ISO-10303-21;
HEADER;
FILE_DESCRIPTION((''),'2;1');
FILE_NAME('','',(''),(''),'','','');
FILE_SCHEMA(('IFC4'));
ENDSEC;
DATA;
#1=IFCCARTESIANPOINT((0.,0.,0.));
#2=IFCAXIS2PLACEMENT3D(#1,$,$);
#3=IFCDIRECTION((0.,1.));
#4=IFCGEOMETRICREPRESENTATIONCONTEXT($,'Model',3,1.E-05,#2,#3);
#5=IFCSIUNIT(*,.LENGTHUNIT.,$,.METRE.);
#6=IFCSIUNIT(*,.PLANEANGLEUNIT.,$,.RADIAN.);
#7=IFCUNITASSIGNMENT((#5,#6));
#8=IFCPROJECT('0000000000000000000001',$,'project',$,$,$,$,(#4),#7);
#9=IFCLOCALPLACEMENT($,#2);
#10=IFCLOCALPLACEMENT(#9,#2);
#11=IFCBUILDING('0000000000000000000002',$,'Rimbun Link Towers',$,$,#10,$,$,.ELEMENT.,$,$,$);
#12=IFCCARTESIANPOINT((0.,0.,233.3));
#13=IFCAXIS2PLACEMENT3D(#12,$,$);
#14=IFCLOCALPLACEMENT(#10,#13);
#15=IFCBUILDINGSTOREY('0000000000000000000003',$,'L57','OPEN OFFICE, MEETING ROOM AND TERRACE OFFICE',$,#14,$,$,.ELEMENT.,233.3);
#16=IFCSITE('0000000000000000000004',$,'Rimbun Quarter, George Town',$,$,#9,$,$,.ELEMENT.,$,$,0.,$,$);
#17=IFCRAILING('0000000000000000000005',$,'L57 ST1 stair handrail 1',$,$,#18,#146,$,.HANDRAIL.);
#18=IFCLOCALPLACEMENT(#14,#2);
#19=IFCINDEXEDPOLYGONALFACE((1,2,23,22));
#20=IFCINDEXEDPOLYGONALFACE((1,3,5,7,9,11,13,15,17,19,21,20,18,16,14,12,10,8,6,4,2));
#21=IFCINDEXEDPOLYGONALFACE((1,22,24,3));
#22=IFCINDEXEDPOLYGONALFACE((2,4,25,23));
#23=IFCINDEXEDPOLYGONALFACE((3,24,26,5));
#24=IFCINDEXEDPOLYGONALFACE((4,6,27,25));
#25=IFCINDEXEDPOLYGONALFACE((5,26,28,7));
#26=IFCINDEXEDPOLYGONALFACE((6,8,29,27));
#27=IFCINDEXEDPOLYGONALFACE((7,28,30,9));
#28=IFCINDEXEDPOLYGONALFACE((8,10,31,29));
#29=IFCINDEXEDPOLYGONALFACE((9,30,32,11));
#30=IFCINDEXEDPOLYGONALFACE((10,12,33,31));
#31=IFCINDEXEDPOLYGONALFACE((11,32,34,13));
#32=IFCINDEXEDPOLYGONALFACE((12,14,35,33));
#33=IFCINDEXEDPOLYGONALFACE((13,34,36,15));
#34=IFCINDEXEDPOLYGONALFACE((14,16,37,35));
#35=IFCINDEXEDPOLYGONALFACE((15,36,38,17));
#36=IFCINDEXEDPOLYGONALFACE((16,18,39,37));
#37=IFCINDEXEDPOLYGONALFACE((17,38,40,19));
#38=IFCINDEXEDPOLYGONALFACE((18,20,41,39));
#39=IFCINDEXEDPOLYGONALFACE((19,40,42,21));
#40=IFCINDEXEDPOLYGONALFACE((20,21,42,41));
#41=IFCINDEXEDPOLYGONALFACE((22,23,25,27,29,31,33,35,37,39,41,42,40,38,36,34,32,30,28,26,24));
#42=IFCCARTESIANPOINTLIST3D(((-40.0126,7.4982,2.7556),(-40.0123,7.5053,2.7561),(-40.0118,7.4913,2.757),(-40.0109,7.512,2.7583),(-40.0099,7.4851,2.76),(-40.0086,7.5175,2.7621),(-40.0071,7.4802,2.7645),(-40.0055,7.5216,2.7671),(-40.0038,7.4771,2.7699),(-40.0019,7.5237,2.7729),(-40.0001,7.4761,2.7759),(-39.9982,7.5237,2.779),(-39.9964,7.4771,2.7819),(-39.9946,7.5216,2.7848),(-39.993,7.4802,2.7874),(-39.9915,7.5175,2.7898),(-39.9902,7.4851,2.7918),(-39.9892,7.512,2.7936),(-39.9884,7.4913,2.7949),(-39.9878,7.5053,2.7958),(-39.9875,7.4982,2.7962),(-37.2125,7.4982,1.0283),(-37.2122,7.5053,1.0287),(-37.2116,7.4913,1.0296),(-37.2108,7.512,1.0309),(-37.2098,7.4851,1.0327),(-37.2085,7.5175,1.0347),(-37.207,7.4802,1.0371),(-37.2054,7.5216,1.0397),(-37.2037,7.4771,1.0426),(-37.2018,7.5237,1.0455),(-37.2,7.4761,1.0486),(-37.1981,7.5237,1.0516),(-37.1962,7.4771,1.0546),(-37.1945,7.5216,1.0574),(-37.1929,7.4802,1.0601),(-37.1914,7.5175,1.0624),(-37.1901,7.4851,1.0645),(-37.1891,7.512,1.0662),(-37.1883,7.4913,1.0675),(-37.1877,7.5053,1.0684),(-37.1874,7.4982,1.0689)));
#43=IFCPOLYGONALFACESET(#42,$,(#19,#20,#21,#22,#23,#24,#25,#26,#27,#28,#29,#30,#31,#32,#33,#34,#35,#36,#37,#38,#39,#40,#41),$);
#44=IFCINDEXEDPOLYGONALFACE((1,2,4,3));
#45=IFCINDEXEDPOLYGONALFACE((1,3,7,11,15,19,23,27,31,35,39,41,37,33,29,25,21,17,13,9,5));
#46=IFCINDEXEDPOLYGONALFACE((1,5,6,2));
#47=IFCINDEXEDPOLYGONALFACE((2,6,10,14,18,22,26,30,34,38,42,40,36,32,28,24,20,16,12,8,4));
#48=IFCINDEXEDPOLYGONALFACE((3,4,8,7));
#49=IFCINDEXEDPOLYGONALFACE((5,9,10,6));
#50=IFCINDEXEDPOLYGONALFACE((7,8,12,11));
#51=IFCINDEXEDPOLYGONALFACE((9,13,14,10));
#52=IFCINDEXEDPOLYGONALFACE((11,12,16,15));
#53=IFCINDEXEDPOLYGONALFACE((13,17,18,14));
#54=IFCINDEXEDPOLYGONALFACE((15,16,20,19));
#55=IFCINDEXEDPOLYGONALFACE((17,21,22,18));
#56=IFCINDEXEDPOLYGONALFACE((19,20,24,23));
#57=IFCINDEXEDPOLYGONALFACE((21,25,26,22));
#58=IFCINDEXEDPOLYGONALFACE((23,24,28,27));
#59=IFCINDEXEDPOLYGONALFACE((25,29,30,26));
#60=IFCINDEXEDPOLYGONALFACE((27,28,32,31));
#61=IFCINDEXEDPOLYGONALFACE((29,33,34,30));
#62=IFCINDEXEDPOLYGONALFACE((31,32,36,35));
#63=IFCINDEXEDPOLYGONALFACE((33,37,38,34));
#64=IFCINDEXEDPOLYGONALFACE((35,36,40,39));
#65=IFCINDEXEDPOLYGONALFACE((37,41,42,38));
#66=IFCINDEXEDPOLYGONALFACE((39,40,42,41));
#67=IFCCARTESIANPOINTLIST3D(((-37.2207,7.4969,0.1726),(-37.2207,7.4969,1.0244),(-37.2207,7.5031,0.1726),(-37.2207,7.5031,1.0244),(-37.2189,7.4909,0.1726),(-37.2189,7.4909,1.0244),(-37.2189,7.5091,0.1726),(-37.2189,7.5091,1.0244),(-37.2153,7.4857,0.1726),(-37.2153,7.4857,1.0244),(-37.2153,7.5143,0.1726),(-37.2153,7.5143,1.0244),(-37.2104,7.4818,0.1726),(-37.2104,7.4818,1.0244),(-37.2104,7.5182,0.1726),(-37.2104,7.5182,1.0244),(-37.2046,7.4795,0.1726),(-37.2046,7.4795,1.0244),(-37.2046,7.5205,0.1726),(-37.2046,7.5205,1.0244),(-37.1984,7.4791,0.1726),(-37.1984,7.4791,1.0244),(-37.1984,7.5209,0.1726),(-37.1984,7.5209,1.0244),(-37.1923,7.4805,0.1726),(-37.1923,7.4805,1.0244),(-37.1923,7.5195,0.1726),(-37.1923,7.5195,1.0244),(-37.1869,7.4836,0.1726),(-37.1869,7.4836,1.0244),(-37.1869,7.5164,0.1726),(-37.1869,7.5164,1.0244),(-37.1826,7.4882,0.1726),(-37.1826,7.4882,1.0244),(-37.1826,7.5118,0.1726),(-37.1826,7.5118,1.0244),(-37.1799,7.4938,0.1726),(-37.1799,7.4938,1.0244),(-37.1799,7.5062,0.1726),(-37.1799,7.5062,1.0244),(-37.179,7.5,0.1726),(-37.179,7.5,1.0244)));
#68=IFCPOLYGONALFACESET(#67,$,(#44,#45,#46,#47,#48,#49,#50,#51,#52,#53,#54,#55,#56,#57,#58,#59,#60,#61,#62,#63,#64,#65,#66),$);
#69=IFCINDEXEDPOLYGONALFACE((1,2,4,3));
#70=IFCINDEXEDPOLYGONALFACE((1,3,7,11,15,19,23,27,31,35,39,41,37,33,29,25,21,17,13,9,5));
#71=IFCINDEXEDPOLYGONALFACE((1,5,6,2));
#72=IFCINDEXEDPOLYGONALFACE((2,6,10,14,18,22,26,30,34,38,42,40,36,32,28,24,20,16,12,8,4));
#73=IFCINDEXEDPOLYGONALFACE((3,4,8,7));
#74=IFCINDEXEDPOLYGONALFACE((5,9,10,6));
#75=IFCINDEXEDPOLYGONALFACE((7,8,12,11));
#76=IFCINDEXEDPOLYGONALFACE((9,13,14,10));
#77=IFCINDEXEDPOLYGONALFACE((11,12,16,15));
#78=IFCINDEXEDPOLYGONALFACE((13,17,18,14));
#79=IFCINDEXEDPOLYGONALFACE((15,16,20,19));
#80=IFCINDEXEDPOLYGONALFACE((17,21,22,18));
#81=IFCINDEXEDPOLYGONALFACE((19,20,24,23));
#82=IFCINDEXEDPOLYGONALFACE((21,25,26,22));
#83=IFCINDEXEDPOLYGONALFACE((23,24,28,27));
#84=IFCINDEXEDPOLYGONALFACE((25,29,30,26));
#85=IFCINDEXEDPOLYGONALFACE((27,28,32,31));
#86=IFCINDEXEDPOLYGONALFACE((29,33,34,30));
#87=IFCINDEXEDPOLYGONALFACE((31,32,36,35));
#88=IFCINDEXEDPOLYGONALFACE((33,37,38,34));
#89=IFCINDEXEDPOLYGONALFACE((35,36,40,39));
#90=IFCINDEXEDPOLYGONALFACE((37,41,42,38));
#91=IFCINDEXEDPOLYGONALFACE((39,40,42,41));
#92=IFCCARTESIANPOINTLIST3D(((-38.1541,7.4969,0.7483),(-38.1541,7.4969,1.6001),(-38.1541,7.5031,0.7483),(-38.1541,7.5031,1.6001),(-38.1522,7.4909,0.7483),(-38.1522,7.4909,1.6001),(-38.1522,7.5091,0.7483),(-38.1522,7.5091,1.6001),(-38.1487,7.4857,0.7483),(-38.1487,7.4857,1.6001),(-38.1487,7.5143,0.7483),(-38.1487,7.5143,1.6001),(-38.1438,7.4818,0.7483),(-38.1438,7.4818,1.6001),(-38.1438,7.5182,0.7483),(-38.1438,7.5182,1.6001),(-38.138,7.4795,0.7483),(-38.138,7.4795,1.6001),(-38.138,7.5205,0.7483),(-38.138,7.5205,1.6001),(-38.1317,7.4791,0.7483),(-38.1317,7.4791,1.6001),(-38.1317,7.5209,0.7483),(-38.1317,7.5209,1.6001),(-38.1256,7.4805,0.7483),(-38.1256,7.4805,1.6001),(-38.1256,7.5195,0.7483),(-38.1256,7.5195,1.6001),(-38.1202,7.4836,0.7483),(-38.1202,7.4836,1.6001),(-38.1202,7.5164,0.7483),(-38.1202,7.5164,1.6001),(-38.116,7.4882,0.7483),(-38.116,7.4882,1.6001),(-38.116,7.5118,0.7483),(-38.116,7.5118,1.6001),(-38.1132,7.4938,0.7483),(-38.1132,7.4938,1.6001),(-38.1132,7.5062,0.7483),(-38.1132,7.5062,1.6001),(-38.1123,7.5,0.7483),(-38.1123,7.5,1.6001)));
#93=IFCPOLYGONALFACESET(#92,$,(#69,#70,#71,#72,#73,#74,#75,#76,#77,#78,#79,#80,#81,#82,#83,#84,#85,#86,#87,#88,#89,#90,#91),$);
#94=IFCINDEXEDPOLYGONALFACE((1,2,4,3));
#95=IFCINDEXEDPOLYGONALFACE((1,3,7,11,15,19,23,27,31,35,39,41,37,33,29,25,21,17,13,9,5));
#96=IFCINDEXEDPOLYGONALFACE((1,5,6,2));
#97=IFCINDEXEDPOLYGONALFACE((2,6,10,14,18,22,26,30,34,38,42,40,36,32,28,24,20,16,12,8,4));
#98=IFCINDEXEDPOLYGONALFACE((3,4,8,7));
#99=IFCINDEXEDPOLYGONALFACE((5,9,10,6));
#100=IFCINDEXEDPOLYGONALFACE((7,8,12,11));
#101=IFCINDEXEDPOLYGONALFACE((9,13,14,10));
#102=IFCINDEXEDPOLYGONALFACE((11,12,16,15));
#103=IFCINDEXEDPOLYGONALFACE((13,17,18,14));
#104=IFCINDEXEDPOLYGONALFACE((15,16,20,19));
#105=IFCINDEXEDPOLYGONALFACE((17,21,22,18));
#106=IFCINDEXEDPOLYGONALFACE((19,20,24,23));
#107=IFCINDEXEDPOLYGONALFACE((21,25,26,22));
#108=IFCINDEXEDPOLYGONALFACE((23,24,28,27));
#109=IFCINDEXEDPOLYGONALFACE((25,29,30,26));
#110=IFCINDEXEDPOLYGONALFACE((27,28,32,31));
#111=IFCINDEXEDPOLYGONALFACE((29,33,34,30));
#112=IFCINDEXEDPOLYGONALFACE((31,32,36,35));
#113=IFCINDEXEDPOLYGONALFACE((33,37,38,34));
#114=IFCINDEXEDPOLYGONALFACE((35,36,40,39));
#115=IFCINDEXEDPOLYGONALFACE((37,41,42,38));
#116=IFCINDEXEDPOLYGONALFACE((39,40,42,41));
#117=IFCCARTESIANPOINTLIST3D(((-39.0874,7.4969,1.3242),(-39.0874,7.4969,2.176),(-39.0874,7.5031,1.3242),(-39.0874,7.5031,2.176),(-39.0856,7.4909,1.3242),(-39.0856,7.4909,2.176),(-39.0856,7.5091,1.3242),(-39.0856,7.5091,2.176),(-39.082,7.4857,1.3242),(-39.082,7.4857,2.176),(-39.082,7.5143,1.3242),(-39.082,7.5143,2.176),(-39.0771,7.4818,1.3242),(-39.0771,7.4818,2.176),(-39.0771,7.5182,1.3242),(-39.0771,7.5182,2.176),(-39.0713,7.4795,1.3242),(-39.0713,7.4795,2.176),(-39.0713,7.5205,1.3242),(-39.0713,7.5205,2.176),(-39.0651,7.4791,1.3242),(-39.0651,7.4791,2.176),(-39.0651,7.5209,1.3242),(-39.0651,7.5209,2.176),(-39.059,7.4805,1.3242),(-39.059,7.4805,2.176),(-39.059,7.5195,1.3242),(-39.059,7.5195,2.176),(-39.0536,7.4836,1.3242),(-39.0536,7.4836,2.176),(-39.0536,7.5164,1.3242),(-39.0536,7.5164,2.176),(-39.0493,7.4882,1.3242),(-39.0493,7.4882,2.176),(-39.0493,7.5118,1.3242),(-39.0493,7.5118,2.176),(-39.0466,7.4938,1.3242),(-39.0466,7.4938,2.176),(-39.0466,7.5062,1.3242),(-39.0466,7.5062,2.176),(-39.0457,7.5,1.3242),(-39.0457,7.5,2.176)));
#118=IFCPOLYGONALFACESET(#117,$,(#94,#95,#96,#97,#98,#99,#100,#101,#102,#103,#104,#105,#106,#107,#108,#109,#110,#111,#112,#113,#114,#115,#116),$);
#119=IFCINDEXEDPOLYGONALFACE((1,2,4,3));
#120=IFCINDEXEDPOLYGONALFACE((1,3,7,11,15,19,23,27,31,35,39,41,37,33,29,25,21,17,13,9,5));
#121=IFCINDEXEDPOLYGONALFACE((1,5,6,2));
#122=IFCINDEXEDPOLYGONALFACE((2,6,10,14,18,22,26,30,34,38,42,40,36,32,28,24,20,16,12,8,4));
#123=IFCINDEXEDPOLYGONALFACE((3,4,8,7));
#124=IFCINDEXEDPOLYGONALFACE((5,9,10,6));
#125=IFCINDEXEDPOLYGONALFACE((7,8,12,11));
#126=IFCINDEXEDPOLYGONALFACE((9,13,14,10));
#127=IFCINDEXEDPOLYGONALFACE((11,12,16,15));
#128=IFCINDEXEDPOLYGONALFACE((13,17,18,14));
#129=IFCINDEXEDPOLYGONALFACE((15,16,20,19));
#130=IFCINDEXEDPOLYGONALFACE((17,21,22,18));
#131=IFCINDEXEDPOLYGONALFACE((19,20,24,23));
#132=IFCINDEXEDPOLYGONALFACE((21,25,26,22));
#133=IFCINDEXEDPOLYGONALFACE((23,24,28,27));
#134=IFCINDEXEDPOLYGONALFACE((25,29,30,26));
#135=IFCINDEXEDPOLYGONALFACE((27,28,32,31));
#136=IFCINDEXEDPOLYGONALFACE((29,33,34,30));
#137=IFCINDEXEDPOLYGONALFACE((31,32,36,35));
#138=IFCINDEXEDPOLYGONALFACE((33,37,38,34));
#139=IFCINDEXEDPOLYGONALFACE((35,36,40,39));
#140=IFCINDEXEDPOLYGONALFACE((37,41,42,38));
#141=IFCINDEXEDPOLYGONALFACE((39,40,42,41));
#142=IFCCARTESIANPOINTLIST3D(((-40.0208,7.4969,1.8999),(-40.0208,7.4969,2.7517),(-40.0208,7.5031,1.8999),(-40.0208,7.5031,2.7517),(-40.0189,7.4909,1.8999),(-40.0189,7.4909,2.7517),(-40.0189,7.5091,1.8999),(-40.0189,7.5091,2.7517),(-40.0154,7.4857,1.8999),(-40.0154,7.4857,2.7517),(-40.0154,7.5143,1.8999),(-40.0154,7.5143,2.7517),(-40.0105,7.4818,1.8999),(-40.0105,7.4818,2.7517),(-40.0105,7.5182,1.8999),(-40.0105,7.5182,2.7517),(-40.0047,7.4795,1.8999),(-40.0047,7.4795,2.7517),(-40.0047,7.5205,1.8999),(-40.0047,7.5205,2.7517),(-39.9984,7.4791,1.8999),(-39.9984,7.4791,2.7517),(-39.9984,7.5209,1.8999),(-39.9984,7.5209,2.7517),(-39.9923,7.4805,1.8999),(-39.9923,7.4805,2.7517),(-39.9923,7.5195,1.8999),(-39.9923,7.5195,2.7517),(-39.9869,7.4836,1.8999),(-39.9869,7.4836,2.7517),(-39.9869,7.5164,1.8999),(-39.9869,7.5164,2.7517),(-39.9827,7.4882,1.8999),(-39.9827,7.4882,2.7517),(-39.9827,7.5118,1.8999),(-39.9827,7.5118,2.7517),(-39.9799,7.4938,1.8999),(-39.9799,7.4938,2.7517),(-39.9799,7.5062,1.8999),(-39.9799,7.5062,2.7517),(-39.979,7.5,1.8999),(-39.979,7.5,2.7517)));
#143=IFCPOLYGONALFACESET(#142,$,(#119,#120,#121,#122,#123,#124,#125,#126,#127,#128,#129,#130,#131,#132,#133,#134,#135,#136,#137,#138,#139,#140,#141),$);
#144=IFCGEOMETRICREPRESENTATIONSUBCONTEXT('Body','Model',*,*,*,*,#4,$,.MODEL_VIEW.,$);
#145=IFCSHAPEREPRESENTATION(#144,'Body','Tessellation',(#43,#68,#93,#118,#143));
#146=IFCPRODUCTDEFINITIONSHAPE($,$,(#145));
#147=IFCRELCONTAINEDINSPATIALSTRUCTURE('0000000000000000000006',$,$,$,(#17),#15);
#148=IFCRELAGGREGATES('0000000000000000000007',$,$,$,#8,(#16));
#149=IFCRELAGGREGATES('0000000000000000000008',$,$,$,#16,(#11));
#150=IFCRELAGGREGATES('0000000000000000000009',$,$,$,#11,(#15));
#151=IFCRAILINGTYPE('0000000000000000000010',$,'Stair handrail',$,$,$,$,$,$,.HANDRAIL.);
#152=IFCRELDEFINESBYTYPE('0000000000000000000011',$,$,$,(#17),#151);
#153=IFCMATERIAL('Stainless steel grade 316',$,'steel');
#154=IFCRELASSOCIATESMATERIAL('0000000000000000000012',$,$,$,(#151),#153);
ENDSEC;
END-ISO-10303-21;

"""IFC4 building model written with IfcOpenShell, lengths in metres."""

from ifc_helpers import new_model, si_unit, direction, frame, origin, origin_2d, place, context, subcontext, project, spatial, circle, extrude, material, type_object, element, save


model = new_model("IFC4")

# Units and contexts
model_context = context("Model", 3, precision=1e-05, world=origin(), true_north=direction((0.0, 1.0)))
body_context = subcontext(model_context, "Body", "Model", "MODEL_VIEW")
ifc_project = project(units=[si_unit("LENGTHUNIT", "METRE"), si_unit("PLANEANGLEUNIT", "RADIAN")], contexts=[model_context])

# Site, building, storey
site_placement = place(None, origin())
site = spatial("IfcSite", under=ifc_project, at=site_placement, Name="Rimbun Quarter, George Town", CompositionType="ELEMENT", RefElevation=0.0)
building_placement = place(site_placement, origin())
building = spatial("IfcBuilding", under=site, at=building_placement, Name="Rimbun Link Towers", CompositionType="ELEMENT")
storey_placement = place(building_placement, frame((0.0, 0.0, 233.3)))
storey = spatial("IfcBuildingStorey", under=building, at=storey_placement, Name="L57", Description="OPEN OFFICE, MEETING ROOM AND TERRACE OFFICE", CompositionType="ELEMENT", Elevation=233.3)

# Railing
ifc_material_1 = material(Name="Stainless steel grade 316", Category="steel")
railing_type_1 = type_object("IfcRailingType", Name="Stair handrail", PredefinedType="HANDRAIL", material=ifc_material_1)
railing_1_placement = place(storey_placement, frame((-37.2, 7.5, 0.1726)))
element("IfcRailing", 1, at=railing_1_placement, inside=storey, type_object=railing_type_1, Name="L57 ST1 stair handrail 1", PredefinedType="HANDRAIL", context=body_context, shape_type="SweptSolid", body=[
    extrude(circle(Radius=0.0239, at=origin_2d()), frame((0.0, 0.0, 0.876), z_axis=(-0.85109, 0.0, 0.52502), x_axis=(0.0, -1.0, 0.0)), (0.0, 0.0, 1.0), 3.29),
    extrude(circle(Radius=0.021, at=origin_2d()), origin(), (0.0, 0.0, 1.0), 0.8518),
    extrude(circle(Radius=0.021, at=origin_2d()), frame((-0.9333, 0.0, 0.5757)), (0.0, 0.0, 1.0), 0.8518),
    extrude(circle(Radius=0.021, at=origin_2d()), frame((-1.8667, 0.0, 1.1516)), (0.0, 0.0, 1.0), 0.8518),
    extrude(circle(Radius=0.021, at=origin_2d()), frame((-2.8, 0.0, 1.7273)), (0.0, 0.0, 1.0), 0.8518),
])

save(model, "model.ifc")
